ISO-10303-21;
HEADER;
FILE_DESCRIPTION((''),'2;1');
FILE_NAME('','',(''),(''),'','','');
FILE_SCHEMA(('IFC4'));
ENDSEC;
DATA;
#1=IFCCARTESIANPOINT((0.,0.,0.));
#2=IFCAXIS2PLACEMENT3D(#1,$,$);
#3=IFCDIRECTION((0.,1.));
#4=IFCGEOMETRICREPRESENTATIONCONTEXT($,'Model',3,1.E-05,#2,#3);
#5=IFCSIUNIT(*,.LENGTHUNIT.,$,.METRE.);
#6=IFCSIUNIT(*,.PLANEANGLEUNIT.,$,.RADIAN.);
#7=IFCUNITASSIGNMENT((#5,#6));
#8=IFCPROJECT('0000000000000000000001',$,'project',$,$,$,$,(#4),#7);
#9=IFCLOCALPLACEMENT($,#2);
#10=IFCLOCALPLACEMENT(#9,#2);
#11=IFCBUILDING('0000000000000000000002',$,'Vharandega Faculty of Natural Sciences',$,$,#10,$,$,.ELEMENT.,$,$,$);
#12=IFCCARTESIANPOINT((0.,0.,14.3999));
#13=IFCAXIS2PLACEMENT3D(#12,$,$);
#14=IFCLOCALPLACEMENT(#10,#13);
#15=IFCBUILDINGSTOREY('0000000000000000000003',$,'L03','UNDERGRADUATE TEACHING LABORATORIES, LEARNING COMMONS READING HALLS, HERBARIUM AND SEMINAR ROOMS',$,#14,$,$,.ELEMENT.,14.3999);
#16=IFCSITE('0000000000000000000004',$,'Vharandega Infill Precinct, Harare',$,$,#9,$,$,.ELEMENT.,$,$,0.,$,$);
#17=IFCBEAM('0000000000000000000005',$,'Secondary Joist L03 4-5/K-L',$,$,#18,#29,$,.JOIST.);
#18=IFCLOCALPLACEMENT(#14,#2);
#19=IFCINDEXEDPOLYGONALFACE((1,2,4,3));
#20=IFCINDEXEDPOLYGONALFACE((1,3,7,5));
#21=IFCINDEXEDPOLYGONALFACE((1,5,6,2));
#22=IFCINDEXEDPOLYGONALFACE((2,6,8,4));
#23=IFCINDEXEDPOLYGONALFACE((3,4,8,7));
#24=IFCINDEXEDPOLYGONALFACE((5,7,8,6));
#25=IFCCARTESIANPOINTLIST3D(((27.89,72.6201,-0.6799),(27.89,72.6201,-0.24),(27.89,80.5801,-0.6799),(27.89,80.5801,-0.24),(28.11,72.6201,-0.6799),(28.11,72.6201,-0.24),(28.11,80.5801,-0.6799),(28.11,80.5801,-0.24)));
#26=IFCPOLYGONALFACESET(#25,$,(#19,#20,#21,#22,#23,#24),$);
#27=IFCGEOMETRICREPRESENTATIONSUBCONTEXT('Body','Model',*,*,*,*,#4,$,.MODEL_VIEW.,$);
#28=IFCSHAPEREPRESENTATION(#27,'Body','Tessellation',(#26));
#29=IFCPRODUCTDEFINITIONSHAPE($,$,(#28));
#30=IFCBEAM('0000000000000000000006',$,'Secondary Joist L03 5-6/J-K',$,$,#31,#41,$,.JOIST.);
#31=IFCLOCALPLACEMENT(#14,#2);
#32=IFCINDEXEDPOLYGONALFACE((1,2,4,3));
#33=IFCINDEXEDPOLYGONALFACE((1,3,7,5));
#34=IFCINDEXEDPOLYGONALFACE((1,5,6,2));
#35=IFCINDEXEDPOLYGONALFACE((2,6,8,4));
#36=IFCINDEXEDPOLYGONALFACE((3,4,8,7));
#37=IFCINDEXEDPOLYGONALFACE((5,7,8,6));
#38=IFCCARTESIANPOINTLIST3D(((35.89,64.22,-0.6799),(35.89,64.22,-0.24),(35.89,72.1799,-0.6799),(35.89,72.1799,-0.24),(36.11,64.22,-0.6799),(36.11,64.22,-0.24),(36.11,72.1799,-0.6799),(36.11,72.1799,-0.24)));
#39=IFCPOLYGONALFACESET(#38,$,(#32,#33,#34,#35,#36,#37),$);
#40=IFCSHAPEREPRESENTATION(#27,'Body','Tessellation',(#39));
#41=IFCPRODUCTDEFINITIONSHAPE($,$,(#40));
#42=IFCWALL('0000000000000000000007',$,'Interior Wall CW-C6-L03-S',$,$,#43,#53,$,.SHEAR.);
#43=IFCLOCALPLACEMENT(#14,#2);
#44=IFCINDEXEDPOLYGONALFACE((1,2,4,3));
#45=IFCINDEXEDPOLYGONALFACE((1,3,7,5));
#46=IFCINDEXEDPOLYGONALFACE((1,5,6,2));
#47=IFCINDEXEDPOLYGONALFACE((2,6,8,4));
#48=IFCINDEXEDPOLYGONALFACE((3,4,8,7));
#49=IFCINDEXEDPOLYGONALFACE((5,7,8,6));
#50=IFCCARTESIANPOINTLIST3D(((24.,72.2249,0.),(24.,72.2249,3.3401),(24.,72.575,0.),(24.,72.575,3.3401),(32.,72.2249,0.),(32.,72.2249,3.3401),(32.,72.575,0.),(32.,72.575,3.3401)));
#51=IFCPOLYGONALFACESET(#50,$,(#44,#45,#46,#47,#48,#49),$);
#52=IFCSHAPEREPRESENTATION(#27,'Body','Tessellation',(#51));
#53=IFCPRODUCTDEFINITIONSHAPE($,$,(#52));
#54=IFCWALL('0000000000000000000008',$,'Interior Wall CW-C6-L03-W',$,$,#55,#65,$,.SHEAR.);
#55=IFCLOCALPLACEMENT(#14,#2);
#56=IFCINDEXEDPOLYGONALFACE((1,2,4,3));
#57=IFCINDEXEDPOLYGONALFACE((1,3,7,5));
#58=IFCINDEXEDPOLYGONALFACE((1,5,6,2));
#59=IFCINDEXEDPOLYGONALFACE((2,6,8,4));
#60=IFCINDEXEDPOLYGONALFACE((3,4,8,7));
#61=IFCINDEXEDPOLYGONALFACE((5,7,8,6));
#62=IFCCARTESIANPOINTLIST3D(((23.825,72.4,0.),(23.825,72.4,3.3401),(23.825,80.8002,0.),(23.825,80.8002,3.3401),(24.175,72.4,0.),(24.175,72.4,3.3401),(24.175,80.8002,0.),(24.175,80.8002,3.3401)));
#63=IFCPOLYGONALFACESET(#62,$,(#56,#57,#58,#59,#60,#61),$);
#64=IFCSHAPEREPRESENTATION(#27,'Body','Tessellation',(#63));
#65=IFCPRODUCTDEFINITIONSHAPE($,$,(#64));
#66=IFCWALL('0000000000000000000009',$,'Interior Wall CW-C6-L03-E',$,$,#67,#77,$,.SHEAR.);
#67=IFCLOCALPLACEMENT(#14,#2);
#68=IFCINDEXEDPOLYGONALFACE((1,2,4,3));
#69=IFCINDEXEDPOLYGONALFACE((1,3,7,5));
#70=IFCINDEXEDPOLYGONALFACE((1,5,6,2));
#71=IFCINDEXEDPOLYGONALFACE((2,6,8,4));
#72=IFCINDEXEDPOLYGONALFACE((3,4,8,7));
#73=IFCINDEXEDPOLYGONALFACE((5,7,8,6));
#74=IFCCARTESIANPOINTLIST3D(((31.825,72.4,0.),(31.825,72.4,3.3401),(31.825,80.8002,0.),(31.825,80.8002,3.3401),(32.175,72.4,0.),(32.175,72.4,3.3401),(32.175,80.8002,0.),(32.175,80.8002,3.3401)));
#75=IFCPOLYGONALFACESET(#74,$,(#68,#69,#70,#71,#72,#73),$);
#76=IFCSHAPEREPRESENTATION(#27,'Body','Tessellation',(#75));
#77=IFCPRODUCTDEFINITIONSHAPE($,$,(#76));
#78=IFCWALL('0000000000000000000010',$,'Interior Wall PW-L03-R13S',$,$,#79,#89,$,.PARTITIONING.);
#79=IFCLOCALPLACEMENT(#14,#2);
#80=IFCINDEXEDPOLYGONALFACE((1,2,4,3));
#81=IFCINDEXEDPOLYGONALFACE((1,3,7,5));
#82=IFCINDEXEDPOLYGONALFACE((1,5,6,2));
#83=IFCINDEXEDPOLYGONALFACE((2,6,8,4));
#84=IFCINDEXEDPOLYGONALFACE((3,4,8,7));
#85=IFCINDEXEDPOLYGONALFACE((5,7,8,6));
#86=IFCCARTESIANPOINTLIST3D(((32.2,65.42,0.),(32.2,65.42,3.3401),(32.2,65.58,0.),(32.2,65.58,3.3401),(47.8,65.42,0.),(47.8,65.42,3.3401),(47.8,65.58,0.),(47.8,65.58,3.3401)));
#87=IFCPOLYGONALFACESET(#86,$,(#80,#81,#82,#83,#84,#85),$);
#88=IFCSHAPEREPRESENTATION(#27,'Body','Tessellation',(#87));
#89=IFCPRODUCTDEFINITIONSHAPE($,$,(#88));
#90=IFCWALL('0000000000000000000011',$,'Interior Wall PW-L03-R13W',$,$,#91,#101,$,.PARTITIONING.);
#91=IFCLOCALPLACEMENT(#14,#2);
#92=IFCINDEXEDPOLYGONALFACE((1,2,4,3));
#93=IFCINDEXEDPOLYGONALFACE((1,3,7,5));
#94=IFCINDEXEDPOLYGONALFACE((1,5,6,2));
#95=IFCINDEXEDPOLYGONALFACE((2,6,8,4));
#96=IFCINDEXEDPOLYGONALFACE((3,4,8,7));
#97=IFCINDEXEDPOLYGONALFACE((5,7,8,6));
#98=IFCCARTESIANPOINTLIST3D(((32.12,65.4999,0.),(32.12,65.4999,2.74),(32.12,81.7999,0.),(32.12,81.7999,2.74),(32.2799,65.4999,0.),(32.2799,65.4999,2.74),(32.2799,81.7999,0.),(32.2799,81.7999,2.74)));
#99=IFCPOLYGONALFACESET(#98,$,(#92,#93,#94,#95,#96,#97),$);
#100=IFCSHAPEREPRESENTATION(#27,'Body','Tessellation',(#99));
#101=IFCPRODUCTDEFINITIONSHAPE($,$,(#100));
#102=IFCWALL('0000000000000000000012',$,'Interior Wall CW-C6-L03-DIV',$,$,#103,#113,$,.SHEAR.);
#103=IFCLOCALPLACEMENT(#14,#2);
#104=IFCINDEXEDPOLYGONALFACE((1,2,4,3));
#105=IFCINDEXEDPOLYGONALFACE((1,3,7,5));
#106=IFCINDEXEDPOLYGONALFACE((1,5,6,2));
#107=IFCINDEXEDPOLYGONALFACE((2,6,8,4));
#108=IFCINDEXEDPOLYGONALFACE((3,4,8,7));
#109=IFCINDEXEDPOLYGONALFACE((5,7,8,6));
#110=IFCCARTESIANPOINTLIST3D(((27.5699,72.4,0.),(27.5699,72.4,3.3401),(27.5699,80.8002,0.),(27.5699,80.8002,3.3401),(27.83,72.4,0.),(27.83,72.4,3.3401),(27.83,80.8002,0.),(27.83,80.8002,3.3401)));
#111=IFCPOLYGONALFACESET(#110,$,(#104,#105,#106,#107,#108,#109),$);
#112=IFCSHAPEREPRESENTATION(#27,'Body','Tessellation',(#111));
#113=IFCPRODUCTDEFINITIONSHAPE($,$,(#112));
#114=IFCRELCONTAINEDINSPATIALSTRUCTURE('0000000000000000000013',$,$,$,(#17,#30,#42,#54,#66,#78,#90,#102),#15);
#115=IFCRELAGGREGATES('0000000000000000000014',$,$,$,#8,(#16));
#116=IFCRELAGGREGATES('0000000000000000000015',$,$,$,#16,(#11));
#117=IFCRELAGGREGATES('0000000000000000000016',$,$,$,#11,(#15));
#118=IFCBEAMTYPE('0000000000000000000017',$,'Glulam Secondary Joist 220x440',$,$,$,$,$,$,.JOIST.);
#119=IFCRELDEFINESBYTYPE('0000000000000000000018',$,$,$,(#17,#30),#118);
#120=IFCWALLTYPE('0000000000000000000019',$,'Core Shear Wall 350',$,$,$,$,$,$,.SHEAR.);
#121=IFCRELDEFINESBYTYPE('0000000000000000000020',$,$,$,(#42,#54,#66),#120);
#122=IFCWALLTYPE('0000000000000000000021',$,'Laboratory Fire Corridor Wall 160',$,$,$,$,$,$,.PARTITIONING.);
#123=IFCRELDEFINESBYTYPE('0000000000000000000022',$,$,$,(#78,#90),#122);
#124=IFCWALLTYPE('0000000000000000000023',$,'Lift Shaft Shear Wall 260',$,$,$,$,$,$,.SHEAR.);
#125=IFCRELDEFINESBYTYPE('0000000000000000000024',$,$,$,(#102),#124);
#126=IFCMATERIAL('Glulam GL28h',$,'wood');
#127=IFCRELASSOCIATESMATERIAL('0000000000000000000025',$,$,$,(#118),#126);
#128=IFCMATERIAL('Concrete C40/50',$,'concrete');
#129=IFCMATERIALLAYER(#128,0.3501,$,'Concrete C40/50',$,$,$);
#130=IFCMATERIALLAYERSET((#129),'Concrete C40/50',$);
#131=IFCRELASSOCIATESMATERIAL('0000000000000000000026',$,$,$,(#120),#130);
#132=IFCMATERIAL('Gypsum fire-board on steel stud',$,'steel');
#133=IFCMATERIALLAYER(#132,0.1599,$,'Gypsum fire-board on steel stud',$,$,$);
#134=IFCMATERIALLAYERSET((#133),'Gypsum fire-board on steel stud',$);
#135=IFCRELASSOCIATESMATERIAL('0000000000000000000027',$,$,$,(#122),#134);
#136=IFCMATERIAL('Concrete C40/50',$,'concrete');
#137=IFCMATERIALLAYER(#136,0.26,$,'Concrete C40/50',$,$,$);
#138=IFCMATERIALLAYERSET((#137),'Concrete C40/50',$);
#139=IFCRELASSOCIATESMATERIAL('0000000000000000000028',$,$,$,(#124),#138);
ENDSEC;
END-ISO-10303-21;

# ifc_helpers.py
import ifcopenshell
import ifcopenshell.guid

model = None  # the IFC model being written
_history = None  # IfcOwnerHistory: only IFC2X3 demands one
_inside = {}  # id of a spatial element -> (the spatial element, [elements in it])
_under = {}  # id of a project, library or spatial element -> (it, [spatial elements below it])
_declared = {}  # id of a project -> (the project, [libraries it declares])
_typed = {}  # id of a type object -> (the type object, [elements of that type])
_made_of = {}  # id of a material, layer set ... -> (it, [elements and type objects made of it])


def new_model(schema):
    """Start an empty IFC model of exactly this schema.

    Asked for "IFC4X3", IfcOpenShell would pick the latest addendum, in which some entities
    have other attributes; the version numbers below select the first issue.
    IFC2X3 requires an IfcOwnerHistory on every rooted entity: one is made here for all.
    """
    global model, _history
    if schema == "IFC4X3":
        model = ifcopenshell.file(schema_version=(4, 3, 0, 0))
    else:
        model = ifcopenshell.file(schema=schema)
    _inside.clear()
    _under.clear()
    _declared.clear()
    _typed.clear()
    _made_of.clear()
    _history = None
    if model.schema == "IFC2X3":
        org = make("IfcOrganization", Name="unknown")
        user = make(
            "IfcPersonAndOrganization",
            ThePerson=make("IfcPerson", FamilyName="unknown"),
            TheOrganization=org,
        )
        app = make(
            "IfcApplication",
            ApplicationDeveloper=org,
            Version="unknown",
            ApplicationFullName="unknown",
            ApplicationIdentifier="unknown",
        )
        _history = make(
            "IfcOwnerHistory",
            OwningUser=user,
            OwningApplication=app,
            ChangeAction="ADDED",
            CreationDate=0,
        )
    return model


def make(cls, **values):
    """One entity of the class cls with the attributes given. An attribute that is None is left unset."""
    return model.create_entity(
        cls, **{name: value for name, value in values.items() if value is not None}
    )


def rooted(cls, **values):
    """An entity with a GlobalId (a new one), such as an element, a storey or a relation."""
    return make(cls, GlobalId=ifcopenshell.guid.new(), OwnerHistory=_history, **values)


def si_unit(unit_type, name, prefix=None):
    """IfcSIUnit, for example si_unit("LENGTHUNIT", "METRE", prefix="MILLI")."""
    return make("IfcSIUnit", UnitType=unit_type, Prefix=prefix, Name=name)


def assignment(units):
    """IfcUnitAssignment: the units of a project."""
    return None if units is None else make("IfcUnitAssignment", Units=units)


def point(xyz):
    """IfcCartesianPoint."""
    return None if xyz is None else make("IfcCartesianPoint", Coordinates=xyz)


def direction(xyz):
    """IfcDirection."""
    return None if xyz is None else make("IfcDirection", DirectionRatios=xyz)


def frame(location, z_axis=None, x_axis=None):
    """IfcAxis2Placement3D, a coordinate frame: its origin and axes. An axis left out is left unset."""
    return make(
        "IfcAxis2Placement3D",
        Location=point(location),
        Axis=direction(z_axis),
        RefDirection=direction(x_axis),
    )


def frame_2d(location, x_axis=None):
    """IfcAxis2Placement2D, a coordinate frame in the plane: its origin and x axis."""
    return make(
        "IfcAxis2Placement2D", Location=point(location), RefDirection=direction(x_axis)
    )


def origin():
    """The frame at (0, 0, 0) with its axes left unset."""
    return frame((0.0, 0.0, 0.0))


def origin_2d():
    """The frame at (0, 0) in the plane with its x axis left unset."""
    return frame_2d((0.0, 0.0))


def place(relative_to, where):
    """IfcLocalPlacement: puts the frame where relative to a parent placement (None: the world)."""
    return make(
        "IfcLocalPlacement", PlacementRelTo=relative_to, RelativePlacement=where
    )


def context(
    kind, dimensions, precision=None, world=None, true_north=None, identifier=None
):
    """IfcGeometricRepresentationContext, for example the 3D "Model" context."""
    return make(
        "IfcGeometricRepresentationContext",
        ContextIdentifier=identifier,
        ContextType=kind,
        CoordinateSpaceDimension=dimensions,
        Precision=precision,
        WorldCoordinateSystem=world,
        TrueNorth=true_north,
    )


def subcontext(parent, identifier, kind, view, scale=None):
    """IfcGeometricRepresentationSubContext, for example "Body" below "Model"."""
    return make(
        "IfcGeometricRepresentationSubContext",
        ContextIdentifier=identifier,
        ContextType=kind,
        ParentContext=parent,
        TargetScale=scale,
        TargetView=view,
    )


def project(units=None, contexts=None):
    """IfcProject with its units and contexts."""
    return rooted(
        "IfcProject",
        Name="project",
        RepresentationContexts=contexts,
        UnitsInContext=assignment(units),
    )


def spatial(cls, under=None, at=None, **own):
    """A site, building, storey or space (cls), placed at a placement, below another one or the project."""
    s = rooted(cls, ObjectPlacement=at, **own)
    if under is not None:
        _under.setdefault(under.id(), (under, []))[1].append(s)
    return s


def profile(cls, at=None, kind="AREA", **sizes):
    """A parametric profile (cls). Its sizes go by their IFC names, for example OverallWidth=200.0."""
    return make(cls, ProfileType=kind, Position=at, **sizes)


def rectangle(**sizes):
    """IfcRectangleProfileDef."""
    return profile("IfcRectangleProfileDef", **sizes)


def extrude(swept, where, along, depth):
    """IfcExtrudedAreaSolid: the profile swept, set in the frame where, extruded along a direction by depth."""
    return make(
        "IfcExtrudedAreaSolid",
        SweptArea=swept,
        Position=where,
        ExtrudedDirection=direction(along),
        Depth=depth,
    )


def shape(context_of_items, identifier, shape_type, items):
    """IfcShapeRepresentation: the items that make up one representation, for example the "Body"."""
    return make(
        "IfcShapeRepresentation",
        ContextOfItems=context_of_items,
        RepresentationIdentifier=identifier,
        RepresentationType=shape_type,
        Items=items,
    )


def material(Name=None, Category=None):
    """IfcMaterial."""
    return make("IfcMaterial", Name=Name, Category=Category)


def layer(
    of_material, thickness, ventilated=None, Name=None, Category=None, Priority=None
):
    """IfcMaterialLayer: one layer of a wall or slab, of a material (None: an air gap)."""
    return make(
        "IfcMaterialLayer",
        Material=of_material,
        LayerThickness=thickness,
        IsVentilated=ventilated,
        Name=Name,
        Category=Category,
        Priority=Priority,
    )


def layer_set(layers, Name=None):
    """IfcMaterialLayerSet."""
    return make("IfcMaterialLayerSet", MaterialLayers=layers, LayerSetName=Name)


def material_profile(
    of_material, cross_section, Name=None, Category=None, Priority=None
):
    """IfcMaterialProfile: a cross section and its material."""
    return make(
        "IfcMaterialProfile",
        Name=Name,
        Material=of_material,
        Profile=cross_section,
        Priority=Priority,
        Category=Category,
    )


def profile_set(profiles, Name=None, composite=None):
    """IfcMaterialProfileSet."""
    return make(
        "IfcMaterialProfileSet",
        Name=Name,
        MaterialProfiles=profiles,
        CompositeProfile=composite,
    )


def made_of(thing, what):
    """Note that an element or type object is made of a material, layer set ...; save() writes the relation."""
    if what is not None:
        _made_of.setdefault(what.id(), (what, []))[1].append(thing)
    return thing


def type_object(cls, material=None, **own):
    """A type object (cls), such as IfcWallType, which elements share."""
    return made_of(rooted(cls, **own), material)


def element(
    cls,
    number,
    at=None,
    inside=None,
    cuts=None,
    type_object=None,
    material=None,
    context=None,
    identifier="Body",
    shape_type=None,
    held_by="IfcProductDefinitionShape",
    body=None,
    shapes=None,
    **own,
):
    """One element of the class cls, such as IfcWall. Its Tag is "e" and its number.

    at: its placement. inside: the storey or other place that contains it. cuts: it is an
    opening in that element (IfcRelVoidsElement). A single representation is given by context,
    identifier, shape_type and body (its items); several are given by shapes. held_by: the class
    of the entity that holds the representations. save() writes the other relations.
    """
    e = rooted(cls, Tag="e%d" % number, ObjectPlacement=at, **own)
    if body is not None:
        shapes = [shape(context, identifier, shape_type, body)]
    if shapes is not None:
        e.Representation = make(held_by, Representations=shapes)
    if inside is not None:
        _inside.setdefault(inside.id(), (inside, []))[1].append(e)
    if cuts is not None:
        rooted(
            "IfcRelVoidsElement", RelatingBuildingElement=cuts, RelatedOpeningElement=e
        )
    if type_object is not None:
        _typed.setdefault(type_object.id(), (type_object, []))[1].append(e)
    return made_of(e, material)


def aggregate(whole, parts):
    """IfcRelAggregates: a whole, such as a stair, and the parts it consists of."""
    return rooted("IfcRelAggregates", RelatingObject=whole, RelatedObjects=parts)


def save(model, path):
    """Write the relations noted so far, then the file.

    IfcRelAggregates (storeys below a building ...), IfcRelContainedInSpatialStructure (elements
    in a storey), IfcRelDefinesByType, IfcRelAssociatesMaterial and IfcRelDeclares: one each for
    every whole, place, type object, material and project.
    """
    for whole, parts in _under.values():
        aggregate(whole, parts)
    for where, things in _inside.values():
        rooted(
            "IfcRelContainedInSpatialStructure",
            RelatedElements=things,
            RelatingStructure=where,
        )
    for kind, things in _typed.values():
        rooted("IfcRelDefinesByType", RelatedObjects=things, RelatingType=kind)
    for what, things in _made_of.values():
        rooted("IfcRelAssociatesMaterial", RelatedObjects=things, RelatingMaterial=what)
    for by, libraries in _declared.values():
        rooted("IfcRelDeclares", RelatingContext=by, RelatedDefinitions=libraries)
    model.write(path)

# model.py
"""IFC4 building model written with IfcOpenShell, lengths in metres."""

from ifc_helpers import new_model, si_unit, direction, frame, frame_2d, origin, origin_2d, place, context, subcontext, project, spatial, rectangle, extrude, material, layer, layer_set, material_profile, profile_set, type_object, element, save


model = new_model("IFC4")

# Units and contexts
model_context = context("Model", 3, precision=1e-05, world=origin(), true_north=direction((0.0, 1.0)))
body_context = subcontext(model_context, "Body", "Model", "MODEL_VIEW")
ifc_project = project(units=[si_unit("LENGTHUNIT", "METRE"), si_unit("PLANEANGLEUNIT", "RADIAN")], contexts=[model_context])

# Site, building, storey
site_placement = place(None, origin())
site = spatial("IfcSite", under=ifc_project, at=site_placement, Name="Vharandega Infill Precinct, Harare", CompositionType="ELEMENT", RefElevation=0.0)
building_placement = place(site_placement, origin())
building = spatial("IfcBuilding", under=site, at=building_placement, Name="Vharandega Faculty of Natural Sciences", CompositionType="ELEMENT")
storey_placement = place(building_placement, frame((0.0, 0.0, 14.3999)))
storey = spatial("IfcBuildingStorey", under=building, at=storey_placement, Name="L03", Description="UNDERGRADUATE TEACHING LABORATORIES, LEARNING COMMONS READING HALLS, HERBARIUM AND SEMINAR ROOMS", CompositionType="ELEMENT", Elevation=14.3999)

# Beams
ifc_material_1 = material(Name="Glulam GL28h", Category="wood")
ifc_material_profile_1 = material_profile(ifc_material_1, rectangle(XDim=0.22, YDim=0.4399, at=origin_2d()), Name="GL28h 220x440")
ifc_profile_set_1 = profile_set([ifc_material_profile_1], Name="Glulam GL28h")
beam_type_1 = type_object("IfcBeamType", Name="Glulam Secondary Joist 220x440", PredefinedType="JOIST", material=ifc_profile_set_1)
for number, where, z_axis, x_axis, name in (
    (1, (28.0, 72.6201, -0.46), (0.0, 1.0, 0.0), (-1.0, 0.0, 0.0), "Secondary Joist L03 4-5/K-L"),
    (2, (36.0, 64.22, -0.46), (0.0, 1.0, 0.0), (-1.0, 0.0, 0.0), "Secondary Joist L03 5-6/J-K"),
):
    element("IfcBeam", number, at=place(storey_placement, frame(where, z_axis=z_axis, x_axis=x_axis)), inside=storey, type_object=beam_type_1, Name=name, PredefinedType="JOIST", context=body_context, shape_type="SweptSolid", body=[
        extrude(rectangle(XDim=0.22, YDim=0.4399, at=origin_2d()), origin(), (0.0, 0.0, 1.0), 7.96),
    ])

# Walls
ifc_material_2 = material(Name="Concrete C40/50", Category="concrete")
ifc_layer_1 = layer(ifc_material_2, 0.3501, Name="Concrete C40/50")
ifc_layer_set_1 = layer_set([ifc_layer_1], Name="Concrete C40/50")
wall_type_1 = type_object("IfcWallType", Name="Core Shear Wall 350", PredefinedType="SHEAR", material=ifc_layer_set_1)
wall_1_placement = place(storey_placement, frame((24.0, 72.3999, 0.0), z_axis=(0.0, 0.0, 1.0), x_axis=(1.0, 0.0, 0.0)))
element("IfcWall", 3, at=wall_1_placement, inside=storey, type_object=wall_type_1, Name="Interior Wall CW-C6-L03-S", PredefinedType="SHEAR", context=body_context, shape_type="SweptSolid", body=[
    extrude(rectangle(XDim=8.0, YDim=0.3501, at=frame_2d((4.0, 0.0))), origin(), (0.0, 0.0, 1.0), 3.3401),
])
for number, where, z_axis, x_axis, name in (
    (4, (24.0, 72.3999, 0.0), (0.0, 0.0, 1.0), (0.0, 1.0, 0.0), "Interior Wall CW-C6-L03-W"),
    (5, (32.0, 72.3999, 0.0), (0.0, 0.0, 1.0), (0.0, 1.0, 0.0), "Interior Wall CW-C6-L03-E"),
):
    element("IfcWall", number, at=place(storey_placement, frame(where, z_axis=z_axis, x_axis=x_axis)), inside=storey, type_object=wall_type_1, Name=name, PredefinedType="SHEAR", context=body_context, shape_type="SweptSolid", body=[
        extrude(rectangle(XDim=8.4001, YDim=0.3501, at=frame_2d((4.2002, 0.0))), origin(), (0.0, 0.0, 1.0), 3.3401),
    ])
ifc_material_3 = material(Name="Gypsum fire-board on steel stud", Category="steel")
ifc_layer_2 = layer(ifc_material_3, 0.1599, Name="Gypsum fire-board on steel stud")
ifc_layer_set_2 = layer_set([ifc_layer_2], Name="Gypsum fire-board on steel stud")
wall_type_2 = type_object("IfcWallType", Name="Laboratory Fire Corridor Wall 160", PredefinedType="PARTITIONING", material=ifc_layer_set_2)
wall_2_placement = place(storey_placement, frame((32.2, 65.5, 0.0), z_axis=(0.0, 0.0, 1.0), x_axis=(1.0, 0.0, 0.0)))
element("IfcWall", 6, at=wall_2_placement, inside=storey, type_object=wall_type_2, Name="Interior Wall PW-L03-R13S", PredefinedType="PARTITIONING", context=body_context, shape_type="SweptSolid", body=[
    extrude(rectangle(XDim=15.6001, YDim=0.1599, at=frame_2d((7.8, 0.0))), origin(), (0.0, 0.0, 1.0), 3.3401),
])
wall_3_placement = place(storey_placement, frame((32.2, 65.5, 0.0), z_axis=(0.0, 0.0, 1.0), x_axis=(0.0, 1.0, 0.0)))
element("IfcWall", 7, at=wall_3_placement, inside=storey, type_object=wall_type_2, Name="Interior Wall PW-L03-R13W", PredefinedType="PARTITIONING", context=body_context, shape_type="SweptSolid", body=[
    extrude(rectangle(XDim=16.3, YDim=0.1599, at=frame_2d((8.1499, 0.0))), origin(), (0.0, 0.0, 1.0), 2.74),
])
ifc_material_4 = material(Name="Concrete C40/50", Category="concrete")
ifc_layer_3 = layer(ifc_material_4, 0.26, Name="Concrete C40/50")
ifc_layer_set_3 = layer_set([ifc_layer_3], Name="Concrete C40/50")
wall_type_3 = type_object("IfcWallType", Name="Lift Shaft Shear Wall 260", PredefinedType="SHEAR", material=ifc_layer_set_3)
wall_4_placement = place(storey_placement, frame((27.7, 72.3999, 0.0), z_axis=(0.0, 0.0, 1.0), x_axis=(0.0, 1.0, 0.0)))
element("IfcWall", 8, at=wall_4_placement, inside=storey, type_object=wall_type_3, Name="Interior Wall CW-C6-L03-DIV", PredefinedType="SHEAR", context=body_context, shape_type="SweptSolid", body=[
    extrude(rectangle(XDim=8.4001, YDim=0.26, at=frame_2d((4.2002, 0.0))), origin(), (0.0, 0.0, 1.0), 3.3401),
])

save(model, "model.ifc")
